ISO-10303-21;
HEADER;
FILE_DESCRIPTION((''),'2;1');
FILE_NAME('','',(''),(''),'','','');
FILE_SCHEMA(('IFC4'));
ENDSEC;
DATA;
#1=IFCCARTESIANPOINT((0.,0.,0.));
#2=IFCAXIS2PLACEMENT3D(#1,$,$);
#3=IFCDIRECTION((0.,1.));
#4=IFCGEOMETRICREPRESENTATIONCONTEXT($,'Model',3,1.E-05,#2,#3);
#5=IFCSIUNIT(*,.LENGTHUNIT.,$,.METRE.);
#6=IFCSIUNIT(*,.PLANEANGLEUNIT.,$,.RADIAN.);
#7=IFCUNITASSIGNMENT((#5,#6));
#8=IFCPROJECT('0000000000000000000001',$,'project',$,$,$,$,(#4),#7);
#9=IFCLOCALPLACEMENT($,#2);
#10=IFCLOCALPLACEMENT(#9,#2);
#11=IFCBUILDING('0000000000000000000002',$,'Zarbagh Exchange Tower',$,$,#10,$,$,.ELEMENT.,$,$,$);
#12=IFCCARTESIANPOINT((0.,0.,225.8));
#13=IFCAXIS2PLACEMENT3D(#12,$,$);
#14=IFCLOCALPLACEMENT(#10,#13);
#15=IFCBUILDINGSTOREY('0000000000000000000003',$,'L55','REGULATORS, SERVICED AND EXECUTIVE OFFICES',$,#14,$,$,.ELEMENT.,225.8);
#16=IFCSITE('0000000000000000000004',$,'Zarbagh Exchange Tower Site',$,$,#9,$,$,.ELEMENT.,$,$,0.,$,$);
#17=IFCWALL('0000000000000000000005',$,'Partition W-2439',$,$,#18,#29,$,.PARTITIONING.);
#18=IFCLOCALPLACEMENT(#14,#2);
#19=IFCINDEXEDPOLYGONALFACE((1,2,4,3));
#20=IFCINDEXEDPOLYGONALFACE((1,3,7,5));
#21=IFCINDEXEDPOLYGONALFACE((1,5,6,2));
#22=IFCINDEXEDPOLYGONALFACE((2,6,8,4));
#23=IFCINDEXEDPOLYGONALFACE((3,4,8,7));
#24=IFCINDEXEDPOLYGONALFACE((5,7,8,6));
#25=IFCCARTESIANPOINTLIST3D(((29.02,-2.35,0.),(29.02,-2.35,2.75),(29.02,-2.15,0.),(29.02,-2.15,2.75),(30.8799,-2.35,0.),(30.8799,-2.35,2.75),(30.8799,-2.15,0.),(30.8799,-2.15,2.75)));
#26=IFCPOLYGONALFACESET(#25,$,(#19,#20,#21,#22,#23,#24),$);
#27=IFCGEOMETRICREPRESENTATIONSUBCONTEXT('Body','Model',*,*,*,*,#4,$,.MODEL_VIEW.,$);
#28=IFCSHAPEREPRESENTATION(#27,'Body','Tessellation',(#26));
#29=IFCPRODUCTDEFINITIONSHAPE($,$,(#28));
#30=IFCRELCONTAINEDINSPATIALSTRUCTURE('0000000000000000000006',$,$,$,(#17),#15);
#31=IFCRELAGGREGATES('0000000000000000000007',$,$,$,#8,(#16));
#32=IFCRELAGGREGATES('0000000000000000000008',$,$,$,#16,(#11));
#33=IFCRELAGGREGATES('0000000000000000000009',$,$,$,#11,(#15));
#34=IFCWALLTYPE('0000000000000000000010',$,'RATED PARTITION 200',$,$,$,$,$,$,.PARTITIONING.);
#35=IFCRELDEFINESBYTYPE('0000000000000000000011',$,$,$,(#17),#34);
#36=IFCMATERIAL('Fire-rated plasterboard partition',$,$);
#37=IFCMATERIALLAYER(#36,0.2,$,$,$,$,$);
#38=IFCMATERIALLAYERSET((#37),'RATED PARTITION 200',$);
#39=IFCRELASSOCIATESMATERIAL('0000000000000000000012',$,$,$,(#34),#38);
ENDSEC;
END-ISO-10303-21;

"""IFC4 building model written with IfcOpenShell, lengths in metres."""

from ifc_helpers import new_model, si_unit, direction, frame, frame_2d, origin, place, context, subcontext, project, spatial, rectangle, extrude, material, layer, layer_set, type_object, element, save


model = new_model("IFC4")

# Units and contexts
model_context = context("Model", 3, precision=1e-05, world=origin(), true_north=direction((0.0, 1.0)))
body_context = subcontext(model_context, "Body", "Model", "MODEL_VIEW")
ifc_project = project(units=[si_unit("LENGTHUNIT", "METRE"), si_unit("PLANEANGLEUNIT", "RADIAN")], contexts=[model_context])

# Site, building, storey
site_placement = place(None, origin())
site = spatial("IfcSite", under=ifc_project, at=site_placement, Name="Zarbagh Exchange Tower Site", CompositionType="ELEMENT", RefElevation=0.0)
building_placement = place(site_placement, origin())
building = spatial("IfcBuilding", under=site, at=building_placement, Name="Zarbagh Exchange Tower", CompositionType="ELEMENT")
storey_placement = place(building_placement, frame((0.0, 0.0, 225.8)))
storey = spatial("IfcBuildingStorey", under=building, at=storey_placement, Name="L55", Description="REGULATORS, SERVICED AND EXECUTIVE OFFICES", CompositionType="ELEMENT", Elevation=225.8)

# Shared definitions
ifc_material_1 = material(Name="Fire-rated plasterboard partition")
ifc_layer = layer(ifc_material_1, 0.2)
ifc_layer_set = layer_set([ifc_layer], Name="RATED PARTITION 200")
wall_type = type_object("IfcWallType", Name="RATED PARTITION 200", PredefinedType="PARTITIONING", material=ifc_layer_set)

# Wall
wall_1_placement = place(storey_placement, frame((29.02, -2.25, 0.0), z_axis=(0.0, 0.0, 1.0), x_axis=(1.0, 0.0, 0.0)))
element("IfcWall", 1, at=wall_1_placement, inside=storey, type_object=wall_type, Name="Partition W-2439", PredefinedType="PARTITIONING", context=body_context, shape_type="SweptSolid", body=[
    extrude(rectangle(XDim=1.8599, YDim=0.2, at=frame_2d((0.9299, 0.0))), origin(), (0.0, 0.0, 1.0), 2.75),
])

save(model, "model.ifc")
